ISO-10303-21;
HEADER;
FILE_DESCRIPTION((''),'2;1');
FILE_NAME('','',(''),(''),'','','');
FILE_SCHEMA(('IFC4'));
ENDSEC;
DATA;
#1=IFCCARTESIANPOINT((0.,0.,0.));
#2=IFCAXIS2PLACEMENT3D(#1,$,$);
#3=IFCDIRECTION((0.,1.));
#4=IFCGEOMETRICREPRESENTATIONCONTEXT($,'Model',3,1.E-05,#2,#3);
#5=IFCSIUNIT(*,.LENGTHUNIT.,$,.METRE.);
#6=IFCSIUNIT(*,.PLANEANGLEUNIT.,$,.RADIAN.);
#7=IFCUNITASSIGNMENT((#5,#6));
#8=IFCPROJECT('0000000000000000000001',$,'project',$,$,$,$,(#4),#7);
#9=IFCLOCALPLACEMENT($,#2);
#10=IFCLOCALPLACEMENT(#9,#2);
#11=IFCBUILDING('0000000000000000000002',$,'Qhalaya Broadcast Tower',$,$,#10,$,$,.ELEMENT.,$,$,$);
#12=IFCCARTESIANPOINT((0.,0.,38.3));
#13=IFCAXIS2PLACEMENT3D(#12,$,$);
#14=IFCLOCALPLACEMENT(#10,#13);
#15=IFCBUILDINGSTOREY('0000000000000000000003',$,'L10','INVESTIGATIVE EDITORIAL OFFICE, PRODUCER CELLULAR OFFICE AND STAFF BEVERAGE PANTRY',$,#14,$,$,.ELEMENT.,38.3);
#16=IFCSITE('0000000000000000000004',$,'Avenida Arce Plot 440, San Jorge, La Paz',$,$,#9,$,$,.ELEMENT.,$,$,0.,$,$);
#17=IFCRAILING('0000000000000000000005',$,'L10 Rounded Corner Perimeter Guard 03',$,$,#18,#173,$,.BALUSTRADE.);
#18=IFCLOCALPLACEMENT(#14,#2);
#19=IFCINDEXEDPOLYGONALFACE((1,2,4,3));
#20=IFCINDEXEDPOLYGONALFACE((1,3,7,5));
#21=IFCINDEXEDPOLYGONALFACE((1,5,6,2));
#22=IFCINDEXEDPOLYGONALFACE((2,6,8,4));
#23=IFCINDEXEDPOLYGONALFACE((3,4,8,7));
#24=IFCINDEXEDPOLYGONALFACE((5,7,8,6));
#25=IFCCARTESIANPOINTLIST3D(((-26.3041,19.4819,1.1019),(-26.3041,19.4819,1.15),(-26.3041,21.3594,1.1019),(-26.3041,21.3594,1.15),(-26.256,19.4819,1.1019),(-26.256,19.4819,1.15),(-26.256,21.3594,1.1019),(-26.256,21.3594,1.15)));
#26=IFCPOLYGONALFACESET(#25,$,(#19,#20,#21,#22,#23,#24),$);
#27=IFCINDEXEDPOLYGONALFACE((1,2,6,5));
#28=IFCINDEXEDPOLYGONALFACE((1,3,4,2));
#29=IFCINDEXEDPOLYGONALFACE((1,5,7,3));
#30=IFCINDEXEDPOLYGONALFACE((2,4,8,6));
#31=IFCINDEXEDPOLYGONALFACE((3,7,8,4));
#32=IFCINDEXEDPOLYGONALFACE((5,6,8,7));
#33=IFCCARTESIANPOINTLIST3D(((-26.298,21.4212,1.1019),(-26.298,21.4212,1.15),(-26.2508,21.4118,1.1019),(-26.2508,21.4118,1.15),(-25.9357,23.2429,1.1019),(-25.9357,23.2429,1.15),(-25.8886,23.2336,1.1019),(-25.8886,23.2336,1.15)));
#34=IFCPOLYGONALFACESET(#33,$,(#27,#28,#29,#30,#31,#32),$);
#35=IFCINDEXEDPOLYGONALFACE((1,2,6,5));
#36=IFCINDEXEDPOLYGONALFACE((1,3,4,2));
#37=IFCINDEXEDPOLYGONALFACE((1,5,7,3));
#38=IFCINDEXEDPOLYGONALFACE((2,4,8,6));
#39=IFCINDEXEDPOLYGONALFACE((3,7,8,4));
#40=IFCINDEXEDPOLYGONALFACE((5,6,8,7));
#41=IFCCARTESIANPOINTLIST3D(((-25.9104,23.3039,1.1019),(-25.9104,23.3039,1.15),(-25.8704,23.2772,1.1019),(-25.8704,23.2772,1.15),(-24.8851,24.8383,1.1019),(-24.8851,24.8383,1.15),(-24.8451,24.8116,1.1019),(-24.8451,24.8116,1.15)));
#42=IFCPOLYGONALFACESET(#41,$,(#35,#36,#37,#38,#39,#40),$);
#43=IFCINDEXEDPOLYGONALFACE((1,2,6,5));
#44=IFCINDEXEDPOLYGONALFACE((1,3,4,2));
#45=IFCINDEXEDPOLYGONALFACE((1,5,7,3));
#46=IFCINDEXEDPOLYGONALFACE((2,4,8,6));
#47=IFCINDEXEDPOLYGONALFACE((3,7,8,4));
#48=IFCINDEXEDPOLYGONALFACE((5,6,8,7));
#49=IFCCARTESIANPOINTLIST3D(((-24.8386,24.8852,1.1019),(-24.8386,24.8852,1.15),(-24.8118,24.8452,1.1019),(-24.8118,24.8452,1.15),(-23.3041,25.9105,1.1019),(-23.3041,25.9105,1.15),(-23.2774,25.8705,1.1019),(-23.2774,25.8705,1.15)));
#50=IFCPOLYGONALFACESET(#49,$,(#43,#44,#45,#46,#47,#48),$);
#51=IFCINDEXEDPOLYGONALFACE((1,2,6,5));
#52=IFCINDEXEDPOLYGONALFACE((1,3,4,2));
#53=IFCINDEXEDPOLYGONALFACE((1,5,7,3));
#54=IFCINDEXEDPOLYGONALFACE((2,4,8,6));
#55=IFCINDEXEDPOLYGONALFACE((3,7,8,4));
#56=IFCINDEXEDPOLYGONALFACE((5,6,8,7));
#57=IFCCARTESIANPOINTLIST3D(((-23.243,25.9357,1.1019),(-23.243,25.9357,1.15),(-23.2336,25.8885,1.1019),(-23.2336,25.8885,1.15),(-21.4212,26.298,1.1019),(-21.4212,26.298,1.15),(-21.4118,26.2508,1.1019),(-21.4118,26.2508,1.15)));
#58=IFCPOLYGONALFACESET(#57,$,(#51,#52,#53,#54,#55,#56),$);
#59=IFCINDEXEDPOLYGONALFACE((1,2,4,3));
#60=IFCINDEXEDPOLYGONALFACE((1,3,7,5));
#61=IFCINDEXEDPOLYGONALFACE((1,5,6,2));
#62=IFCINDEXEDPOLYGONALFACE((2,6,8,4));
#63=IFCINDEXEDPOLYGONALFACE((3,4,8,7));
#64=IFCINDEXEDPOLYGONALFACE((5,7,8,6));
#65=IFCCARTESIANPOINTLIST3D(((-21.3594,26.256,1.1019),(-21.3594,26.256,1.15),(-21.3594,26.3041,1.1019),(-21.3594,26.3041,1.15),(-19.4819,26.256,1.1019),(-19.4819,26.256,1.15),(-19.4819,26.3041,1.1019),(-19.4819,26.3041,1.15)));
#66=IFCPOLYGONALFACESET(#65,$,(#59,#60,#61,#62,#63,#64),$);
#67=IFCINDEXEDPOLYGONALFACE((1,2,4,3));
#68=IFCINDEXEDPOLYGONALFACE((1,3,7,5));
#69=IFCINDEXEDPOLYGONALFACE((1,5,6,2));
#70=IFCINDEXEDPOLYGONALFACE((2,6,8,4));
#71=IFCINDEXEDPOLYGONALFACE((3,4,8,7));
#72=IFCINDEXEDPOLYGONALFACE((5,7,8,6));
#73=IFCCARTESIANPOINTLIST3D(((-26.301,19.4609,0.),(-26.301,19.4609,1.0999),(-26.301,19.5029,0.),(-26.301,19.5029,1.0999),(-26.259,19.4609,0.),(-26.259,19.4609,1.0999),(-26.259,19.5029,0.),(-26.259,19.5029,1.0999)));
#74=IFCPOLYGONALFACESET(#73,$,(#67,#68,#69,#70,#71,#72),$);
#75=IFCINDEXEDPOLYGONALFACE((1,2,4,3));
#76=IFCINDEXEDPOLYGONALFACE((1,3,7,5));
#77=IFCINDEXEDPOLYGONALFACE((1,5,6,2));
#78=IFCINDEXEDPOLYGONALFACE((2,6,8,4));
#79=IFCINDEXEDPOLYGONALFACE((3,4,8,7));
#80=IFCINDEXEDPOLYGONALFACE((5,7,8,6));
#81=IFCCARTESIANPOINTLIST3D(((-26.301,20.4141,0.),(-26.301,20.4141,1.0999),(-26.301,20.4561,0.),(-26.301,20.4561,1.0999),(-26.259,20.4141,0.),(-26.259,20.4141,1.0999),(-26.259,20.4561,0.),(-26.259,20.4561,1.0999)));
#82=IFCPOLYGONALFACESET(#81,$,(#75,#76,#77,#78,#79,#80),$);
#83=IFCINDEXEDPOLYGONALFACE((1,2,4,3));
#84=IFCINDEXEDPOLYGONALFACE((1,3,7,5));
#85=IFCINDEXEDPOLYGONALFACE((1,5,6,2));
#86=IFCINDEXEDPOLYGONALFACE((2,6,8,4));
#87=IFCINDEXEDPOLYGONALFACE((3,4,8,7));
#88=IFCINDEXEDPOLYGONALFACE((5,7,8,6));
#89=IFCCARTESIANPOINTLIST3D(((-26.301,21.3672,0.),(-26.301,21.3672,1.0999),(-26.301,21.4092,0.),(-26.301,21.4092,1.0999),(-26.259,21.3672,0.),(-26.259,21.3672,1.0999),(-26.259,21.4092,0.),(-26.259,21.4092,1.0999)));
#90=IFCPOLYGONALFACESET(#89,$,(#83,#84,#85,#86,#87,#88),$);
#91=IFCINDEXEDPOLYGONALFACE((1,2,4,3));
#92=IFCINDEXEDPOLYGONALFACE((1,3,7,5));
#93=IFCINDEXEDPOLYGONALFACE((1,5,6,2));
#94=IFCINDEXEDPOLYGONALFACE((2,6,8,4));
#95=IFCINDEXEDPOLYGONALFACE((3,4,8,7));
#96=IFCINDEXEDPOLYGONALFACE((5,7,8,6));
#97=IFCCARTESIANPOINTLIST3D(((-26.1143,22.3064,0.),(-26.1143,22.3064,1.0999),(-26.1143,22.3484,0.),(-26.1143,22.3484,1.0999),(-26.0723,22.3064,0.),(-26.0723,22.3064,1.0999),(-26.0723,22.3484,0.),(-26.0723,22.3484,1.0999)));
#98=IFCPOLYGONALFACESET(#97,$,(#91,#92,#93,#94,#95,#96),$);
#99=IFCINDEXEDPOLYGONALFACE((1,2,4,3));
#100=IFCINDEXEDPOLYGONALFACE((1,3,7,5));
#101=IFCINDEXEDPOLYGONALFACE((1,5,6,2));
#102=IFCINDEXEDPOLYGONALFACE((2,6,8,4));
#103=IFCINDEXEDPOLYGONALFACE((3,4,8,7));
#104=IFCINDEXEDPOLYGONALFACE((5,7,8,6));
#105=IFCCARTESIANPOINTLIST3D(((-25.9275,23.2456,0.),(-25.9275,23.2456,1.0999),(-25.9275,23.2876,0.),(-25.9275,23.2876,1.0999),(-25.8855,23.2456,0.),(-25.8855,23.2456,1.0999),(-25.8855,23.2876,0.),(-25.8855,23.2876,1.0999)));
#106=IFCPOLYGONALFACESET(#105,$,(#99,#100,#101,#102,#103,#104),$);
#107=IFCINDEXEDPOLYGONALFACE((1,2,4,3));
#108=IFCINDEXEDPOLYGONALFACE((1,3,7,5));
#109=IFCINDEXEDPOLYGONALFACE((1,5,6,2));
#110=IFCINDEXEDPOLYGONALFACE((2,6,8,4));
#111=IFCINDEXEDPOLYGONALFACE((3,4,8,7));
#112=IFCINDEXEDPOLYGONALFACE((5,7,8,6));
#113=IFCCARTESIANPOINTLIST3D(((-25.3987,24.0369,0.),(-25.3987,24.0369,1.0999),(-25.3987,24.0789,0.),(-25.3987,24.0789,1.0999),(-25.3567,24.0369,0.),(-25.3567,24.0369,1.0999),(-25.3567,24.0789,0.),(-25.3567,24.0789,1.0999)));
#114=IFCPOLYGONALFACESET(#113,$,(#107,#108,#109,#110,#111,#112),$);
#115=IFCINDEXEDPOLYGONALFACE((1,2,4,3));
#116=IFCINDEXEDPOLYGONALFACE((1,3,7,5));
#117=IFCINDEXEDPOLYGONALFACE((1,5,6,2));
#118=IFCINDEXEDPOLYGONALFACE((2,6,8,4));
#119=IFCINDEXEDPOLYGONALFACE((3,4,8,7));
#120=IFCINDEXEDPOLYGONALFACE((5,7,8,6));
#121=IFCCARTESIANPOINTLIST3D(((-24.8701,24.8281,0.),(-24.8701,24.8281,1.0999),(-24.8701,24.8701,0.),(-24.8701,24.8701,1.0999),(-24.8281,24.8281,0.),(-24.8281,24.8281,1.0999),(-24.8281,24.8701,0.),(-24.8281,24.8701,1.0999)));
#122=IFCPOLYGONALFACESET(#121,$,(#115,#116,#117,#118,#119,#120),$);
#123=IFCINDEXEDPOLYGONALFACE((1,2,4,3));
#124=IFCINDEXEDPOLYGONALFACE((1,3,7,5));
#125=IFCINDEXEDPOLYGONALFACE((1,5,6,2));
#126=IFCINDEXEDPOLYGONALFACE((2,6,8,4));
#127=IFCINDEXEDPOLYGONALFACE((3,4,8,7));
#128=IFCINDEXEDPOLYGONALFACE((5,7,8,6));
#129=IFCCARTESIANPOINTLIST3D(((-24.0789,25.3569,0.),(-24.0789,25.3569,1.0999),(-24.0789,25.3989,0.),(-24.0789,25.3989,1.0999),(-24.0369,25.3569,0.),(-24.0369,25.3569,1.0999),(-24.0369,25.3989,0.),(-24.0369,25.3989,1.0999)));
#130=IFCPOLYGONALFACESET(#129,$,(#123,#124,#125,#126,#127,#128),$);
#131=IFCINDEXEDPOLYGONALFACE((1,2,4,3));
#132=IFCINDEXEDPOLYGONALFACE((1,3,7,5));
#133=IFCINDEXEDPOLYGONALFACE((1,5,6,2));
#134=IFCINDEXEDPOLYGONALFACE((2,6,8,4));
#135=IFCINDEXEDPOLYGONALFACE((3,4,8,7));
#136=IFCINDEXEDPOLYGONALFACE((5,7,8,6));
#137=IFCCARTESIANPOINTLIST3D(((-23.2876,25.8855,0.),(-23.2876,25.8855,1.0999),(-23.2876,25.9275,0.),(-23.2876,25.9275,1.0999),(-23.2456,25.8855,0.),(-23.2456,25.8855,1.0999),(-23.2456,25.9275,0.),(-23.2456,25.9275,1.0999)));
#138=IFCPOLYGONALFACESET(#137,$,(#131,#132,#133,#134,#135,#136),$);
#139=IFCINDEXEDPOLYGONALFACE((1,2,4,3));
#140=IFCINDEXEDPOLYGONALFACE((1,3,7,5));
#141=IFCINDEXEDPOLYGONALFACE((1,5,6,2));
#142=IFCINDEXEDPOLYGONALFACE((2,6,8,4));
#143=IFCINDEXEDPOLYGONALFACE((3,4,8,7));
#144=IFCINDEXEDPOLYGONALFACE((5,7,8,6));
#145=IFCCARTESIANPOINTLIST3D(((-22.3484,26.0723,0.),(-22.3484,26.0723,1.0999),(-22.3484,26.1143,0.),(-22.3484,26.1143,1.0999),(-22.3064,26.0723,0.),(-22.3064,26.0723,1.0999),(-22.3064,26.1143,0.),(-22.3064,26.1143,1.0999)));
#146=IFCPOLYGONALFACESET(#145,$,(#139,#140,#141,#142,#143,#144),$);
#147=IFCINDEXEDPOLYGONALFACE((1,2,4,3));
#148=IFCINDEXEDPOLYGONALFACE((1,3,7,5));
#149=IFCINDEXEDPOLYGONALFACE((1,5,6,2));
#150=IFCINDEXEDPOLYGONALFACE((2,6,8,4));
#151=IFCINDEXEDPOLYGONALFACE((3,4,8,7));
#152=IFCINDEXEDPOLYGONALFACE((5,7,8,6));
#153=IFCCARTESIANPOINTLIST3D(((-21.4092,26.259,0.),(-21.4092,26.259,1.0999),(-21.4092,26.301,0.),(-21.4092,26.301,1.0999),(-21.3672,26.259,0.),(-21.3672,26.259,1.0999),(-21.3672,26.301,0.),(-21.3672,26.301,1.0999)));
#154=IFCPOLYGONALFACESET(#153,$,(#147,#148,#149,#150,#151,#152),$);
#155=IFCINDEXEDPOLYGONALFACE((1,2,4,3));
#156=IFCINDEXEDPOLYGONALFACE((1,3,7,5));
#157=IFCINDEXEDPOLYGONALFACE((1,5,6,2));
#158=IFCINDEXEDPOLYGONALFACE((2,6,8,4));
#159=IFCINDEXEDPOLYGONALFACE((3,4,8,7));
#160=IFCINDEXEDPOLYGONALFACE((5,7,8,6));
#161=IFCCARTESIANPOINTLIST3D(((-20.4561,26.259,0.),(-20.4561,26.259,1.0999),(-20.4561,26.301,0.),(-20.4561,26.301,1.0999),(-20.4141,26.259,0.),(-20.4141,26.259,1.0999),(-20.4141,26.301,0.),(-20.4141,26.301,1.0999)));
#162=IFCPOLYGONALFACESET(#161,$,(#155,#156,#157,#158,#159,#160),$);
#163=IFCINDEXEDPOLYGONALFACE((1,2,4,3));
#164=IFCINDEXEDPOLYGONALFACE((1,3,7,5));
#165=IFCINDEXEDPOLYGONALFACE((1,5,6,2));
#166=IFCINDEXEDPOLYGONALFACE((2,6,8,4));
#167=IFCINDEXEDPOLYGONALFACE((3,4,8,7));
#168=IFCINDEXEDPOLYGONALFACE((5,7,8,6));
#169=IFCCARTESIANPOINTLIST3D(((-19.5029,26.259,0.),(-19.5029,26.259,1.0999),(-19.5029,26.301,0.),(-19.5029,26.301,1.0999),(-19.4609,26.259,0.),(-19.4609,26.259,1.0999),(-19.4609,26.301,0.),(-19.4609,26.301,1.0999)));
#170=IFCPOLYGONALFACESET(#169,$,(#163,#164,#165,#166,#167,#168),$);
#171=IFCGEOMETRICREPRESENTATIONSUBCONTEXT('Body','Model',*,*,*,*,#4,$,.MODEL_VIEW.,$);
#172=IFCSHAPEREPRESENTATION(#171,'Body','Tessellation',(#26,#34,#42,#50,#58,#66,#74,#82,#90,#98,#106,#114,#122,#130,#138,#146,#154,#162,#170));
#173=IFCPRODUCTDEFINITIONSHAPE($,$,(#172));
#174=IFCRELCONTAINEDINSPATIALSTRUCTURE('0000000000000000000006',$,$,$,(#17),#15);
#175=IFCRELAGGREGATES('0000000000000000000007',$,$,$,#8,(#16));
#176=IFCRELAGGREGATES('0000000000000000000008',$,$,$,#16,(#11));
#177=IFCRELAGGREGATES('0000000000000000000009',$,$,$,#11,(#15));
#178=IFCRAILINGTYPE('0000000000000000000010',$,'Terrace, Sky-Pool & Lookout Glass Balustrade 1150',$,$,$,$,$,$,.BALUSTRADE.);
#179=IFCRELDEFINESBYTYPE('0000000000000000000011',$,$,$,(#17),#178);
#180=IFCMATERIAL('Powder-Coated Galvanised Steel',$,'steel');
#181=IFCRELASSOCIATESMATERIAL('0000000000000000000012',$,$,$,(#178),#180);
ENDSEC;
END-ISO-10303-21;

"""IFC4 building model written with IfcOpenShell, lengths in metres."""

from ifc_helpers import new_model, si_unit, direction, frame, origin, origin_2d, place, context, subcontext, project, spatial, rectangle, extrude, material, type_object, element, save


model = new_model("IFC4")

# Units and contexts
model_context = context("Model", 3, precision=1e-05, world=origin(), true_north=direction((0.0, 1.0)))
body_context = subcontext(model_context, "Body", "Model", "MODEL_VIEW")
ifc_project = project(units=[si_unit("LENGTHUNIT", "METRE"), si_unit("PLANEANGLEUNIT", "RADIAN")], contexts=[model_context])

# Site, building, storey
site_placement = place(None, origin())
site = spatial("IfcSite", under=ifc_project, at=site_placement, Name="Avenida Arce Plot 440, San Jorge, La Paz", CompositionType="ELEMENT", RefElevation=0.0)
building_placement = place(site_placement, origin())
building = spatial("IfcBuilding", under=site, at=building_placement, Name="Qhalaya Broadcast Tower", CompositionType="ELEMENT")
storey_placement = place(building_placement, frame((0.0, 0.0, 38.3)))
storey = spatial("IfcBuildingStorey", under=building, at=storey_placement, Name="L10", Description="INVESTIGATIVE EDITORIAL OFFICE, PRODUCER CELLULAR OFFICE AND STAFF BEVERAGE PANTRY", CompositionType="ELEMENT", Elevation=38.3)

# Railing
ifc_material_1 = material(Name="Powder-Coated Galvanised Steel", Category="steel")
railing_type = type_object("IfcRailingType", Name="Terrace, Sky-Pool & Lookout Glass Balustrade 1150", PredefinedType="BALUSTRADE", material=ifc_material_1)
railing_placement = place(storey_placement, frame((-26.28, 19.4819, 0.0)))
element("IfcRailing", 1, at=railing_placement, inside=storey, type_object=railing_type, Name="L10 Rounded Corner Perimeter Guard 03", PredefinedType="BALUSTRADE", context=body_context, shape_type="SweptSolid", body=[
    extrude(rectangle(XDim=0.0481, YDim=0.0481, at=origin_2d()), frame((0.0, 0.0, 1.126), z_axis=(0.0, 1.0, 0.0), x_axis=(-1.0, 0.0, 0.0)), (0.0, 0.0, 1.0), 1.8774),
    extrude(rectangle(XDim=0.0481, YDim=0.0481, at=origin_2d()), frame((0.0056, 1.9346, 1.126), z_axis=(0.195037, 0.980796, 0.0), x_axis=(-0.980796, 0.195037, 0.0)), (0.0, 0.0, 1.0), 1.8574),
    extrude(rectangle(XDim=0.0481, YDim=0.0481, at=origin_2d()), frame((0.3896, 3.8086, 1.126), z_axis=(0.555558, 0.831478, 0.0), x_axis=(-0.831478, 0.555558, 0.0)), (0.0, 0.0, 1.0), 1.8455),
    extrude(rectangle(XDim=0.0481, YDim=0.0481, at=origin_2d()), frame((1.4548, 5.3833, 1.126), z_axis=(0.831478, 0.555558, 0.0), x_axis=(-0.555558, 0.831478, 0.0)), (0.0, 0.0, 1.0), 1.8455),
    extrude(rectangle(XDim=0.0481, YDim=0.0481, at=origin_2d()), frame((3.0417, 6.4302, 1.126), z_axis=(0.980796, 0.195037, 0.0), x_axis=(-0.195037, 0.980796, 0.0)), (0.0, 0.0, 1.0), 1.8574),
    extrude(rectangle(XDim=0.0481, YDim=0.0481, at=origin_2d()), frame((4.9207, 6.7981, 1.126), z_axis=(1.0, 0.0, 0.0), x_axis=(0.0, 1.0, 0.0)), (0.0, 0.0, 1.0), 1.8774),
    extrude(rectangle(XDim=0.042, YDim=0.042, at=origin_2d()), origin(), (0.0, 0.0, 1.0), 1.0999),
    extrude(rectangle(XDim=0.042, YDim=0.042, at=origin_2d()), frame((0.0, 0.9531, 0.0)), (0.0, 0.0, 1.0), 1.0999),
    extrude(rectangle(XDim=0.042, YDim=0.042, at=origin_2d()), frame((0.0, 1.9062, 0.0)), (0.0, 0.0, 1.0), 1.0999),
    extrude(rectangle(XDim=0.042, YDim=0.042, at=origin_2d()), frame((0.1868, 2.8455, 0.0)), (0.0, 0.0, 1.0), 1.0999),
    extrude(rectangle(XDim=0.042, YDim=0.042, at=origin_2d()), frame((0.3735, 3.7847, 0.0)), (0.0, 0.0, 1.0), 1.0999),
    extrude(rectangle(XDim=0.042, YDim=0.042, at=origin_2d()), frame((0.9023, 4.5759, 0.0)), (0.0, 0.0, 1.0), 1.0999),
    extrude(rectangle(XDim=0.042, YDim=0.042, at=origin_2d()), frame((1.4309, 5.3672, 0.0)), (0.0, 0.0, 1.0), 1.0999),
    extrude(rectangle(XDim=0.042, YDim=0.042, at=origin_2d()), frame((2.2222, 5.896, 0.0)), (0.0, 0.0, 1.0), 1.0999),
    extrude(rectangle(XDim=0.042, YDim=0.042, at=origin_2d()), frame((3.0134, 6.4246, 0.0)), (0.0, 0.0, 1.0), 1.0999),
    extrude(rectangle(XDim=0.042, YDim=0.042, at=origin_2d()), frame((3.9526, 6.6113, 0.0)), (0.0, 0.0, 1.0), 1.0999),
    extrude(rectangle(XDim=0.042, YDim=0.042, at=origin_2d()), frame((4.8918, 6.7981, 0.0)), (0.0, 0.0, 1.0), 1.0999),
    extrude(rectangle(XDim=0.042, YDim=0.042, at=origin_2d()), frame((5.845, 6.7981, 0.0)), (0.0, 0.0, 1.0), 1.0999),
    extrude(rectangle(XDim=0.042, YDim=0.042, at=origin_2d()), frame((6.7981, 6.7981, 0.0)), (0.0, 0.0, 1.0), 1.0999),
])

save(model, "model.ifc")
